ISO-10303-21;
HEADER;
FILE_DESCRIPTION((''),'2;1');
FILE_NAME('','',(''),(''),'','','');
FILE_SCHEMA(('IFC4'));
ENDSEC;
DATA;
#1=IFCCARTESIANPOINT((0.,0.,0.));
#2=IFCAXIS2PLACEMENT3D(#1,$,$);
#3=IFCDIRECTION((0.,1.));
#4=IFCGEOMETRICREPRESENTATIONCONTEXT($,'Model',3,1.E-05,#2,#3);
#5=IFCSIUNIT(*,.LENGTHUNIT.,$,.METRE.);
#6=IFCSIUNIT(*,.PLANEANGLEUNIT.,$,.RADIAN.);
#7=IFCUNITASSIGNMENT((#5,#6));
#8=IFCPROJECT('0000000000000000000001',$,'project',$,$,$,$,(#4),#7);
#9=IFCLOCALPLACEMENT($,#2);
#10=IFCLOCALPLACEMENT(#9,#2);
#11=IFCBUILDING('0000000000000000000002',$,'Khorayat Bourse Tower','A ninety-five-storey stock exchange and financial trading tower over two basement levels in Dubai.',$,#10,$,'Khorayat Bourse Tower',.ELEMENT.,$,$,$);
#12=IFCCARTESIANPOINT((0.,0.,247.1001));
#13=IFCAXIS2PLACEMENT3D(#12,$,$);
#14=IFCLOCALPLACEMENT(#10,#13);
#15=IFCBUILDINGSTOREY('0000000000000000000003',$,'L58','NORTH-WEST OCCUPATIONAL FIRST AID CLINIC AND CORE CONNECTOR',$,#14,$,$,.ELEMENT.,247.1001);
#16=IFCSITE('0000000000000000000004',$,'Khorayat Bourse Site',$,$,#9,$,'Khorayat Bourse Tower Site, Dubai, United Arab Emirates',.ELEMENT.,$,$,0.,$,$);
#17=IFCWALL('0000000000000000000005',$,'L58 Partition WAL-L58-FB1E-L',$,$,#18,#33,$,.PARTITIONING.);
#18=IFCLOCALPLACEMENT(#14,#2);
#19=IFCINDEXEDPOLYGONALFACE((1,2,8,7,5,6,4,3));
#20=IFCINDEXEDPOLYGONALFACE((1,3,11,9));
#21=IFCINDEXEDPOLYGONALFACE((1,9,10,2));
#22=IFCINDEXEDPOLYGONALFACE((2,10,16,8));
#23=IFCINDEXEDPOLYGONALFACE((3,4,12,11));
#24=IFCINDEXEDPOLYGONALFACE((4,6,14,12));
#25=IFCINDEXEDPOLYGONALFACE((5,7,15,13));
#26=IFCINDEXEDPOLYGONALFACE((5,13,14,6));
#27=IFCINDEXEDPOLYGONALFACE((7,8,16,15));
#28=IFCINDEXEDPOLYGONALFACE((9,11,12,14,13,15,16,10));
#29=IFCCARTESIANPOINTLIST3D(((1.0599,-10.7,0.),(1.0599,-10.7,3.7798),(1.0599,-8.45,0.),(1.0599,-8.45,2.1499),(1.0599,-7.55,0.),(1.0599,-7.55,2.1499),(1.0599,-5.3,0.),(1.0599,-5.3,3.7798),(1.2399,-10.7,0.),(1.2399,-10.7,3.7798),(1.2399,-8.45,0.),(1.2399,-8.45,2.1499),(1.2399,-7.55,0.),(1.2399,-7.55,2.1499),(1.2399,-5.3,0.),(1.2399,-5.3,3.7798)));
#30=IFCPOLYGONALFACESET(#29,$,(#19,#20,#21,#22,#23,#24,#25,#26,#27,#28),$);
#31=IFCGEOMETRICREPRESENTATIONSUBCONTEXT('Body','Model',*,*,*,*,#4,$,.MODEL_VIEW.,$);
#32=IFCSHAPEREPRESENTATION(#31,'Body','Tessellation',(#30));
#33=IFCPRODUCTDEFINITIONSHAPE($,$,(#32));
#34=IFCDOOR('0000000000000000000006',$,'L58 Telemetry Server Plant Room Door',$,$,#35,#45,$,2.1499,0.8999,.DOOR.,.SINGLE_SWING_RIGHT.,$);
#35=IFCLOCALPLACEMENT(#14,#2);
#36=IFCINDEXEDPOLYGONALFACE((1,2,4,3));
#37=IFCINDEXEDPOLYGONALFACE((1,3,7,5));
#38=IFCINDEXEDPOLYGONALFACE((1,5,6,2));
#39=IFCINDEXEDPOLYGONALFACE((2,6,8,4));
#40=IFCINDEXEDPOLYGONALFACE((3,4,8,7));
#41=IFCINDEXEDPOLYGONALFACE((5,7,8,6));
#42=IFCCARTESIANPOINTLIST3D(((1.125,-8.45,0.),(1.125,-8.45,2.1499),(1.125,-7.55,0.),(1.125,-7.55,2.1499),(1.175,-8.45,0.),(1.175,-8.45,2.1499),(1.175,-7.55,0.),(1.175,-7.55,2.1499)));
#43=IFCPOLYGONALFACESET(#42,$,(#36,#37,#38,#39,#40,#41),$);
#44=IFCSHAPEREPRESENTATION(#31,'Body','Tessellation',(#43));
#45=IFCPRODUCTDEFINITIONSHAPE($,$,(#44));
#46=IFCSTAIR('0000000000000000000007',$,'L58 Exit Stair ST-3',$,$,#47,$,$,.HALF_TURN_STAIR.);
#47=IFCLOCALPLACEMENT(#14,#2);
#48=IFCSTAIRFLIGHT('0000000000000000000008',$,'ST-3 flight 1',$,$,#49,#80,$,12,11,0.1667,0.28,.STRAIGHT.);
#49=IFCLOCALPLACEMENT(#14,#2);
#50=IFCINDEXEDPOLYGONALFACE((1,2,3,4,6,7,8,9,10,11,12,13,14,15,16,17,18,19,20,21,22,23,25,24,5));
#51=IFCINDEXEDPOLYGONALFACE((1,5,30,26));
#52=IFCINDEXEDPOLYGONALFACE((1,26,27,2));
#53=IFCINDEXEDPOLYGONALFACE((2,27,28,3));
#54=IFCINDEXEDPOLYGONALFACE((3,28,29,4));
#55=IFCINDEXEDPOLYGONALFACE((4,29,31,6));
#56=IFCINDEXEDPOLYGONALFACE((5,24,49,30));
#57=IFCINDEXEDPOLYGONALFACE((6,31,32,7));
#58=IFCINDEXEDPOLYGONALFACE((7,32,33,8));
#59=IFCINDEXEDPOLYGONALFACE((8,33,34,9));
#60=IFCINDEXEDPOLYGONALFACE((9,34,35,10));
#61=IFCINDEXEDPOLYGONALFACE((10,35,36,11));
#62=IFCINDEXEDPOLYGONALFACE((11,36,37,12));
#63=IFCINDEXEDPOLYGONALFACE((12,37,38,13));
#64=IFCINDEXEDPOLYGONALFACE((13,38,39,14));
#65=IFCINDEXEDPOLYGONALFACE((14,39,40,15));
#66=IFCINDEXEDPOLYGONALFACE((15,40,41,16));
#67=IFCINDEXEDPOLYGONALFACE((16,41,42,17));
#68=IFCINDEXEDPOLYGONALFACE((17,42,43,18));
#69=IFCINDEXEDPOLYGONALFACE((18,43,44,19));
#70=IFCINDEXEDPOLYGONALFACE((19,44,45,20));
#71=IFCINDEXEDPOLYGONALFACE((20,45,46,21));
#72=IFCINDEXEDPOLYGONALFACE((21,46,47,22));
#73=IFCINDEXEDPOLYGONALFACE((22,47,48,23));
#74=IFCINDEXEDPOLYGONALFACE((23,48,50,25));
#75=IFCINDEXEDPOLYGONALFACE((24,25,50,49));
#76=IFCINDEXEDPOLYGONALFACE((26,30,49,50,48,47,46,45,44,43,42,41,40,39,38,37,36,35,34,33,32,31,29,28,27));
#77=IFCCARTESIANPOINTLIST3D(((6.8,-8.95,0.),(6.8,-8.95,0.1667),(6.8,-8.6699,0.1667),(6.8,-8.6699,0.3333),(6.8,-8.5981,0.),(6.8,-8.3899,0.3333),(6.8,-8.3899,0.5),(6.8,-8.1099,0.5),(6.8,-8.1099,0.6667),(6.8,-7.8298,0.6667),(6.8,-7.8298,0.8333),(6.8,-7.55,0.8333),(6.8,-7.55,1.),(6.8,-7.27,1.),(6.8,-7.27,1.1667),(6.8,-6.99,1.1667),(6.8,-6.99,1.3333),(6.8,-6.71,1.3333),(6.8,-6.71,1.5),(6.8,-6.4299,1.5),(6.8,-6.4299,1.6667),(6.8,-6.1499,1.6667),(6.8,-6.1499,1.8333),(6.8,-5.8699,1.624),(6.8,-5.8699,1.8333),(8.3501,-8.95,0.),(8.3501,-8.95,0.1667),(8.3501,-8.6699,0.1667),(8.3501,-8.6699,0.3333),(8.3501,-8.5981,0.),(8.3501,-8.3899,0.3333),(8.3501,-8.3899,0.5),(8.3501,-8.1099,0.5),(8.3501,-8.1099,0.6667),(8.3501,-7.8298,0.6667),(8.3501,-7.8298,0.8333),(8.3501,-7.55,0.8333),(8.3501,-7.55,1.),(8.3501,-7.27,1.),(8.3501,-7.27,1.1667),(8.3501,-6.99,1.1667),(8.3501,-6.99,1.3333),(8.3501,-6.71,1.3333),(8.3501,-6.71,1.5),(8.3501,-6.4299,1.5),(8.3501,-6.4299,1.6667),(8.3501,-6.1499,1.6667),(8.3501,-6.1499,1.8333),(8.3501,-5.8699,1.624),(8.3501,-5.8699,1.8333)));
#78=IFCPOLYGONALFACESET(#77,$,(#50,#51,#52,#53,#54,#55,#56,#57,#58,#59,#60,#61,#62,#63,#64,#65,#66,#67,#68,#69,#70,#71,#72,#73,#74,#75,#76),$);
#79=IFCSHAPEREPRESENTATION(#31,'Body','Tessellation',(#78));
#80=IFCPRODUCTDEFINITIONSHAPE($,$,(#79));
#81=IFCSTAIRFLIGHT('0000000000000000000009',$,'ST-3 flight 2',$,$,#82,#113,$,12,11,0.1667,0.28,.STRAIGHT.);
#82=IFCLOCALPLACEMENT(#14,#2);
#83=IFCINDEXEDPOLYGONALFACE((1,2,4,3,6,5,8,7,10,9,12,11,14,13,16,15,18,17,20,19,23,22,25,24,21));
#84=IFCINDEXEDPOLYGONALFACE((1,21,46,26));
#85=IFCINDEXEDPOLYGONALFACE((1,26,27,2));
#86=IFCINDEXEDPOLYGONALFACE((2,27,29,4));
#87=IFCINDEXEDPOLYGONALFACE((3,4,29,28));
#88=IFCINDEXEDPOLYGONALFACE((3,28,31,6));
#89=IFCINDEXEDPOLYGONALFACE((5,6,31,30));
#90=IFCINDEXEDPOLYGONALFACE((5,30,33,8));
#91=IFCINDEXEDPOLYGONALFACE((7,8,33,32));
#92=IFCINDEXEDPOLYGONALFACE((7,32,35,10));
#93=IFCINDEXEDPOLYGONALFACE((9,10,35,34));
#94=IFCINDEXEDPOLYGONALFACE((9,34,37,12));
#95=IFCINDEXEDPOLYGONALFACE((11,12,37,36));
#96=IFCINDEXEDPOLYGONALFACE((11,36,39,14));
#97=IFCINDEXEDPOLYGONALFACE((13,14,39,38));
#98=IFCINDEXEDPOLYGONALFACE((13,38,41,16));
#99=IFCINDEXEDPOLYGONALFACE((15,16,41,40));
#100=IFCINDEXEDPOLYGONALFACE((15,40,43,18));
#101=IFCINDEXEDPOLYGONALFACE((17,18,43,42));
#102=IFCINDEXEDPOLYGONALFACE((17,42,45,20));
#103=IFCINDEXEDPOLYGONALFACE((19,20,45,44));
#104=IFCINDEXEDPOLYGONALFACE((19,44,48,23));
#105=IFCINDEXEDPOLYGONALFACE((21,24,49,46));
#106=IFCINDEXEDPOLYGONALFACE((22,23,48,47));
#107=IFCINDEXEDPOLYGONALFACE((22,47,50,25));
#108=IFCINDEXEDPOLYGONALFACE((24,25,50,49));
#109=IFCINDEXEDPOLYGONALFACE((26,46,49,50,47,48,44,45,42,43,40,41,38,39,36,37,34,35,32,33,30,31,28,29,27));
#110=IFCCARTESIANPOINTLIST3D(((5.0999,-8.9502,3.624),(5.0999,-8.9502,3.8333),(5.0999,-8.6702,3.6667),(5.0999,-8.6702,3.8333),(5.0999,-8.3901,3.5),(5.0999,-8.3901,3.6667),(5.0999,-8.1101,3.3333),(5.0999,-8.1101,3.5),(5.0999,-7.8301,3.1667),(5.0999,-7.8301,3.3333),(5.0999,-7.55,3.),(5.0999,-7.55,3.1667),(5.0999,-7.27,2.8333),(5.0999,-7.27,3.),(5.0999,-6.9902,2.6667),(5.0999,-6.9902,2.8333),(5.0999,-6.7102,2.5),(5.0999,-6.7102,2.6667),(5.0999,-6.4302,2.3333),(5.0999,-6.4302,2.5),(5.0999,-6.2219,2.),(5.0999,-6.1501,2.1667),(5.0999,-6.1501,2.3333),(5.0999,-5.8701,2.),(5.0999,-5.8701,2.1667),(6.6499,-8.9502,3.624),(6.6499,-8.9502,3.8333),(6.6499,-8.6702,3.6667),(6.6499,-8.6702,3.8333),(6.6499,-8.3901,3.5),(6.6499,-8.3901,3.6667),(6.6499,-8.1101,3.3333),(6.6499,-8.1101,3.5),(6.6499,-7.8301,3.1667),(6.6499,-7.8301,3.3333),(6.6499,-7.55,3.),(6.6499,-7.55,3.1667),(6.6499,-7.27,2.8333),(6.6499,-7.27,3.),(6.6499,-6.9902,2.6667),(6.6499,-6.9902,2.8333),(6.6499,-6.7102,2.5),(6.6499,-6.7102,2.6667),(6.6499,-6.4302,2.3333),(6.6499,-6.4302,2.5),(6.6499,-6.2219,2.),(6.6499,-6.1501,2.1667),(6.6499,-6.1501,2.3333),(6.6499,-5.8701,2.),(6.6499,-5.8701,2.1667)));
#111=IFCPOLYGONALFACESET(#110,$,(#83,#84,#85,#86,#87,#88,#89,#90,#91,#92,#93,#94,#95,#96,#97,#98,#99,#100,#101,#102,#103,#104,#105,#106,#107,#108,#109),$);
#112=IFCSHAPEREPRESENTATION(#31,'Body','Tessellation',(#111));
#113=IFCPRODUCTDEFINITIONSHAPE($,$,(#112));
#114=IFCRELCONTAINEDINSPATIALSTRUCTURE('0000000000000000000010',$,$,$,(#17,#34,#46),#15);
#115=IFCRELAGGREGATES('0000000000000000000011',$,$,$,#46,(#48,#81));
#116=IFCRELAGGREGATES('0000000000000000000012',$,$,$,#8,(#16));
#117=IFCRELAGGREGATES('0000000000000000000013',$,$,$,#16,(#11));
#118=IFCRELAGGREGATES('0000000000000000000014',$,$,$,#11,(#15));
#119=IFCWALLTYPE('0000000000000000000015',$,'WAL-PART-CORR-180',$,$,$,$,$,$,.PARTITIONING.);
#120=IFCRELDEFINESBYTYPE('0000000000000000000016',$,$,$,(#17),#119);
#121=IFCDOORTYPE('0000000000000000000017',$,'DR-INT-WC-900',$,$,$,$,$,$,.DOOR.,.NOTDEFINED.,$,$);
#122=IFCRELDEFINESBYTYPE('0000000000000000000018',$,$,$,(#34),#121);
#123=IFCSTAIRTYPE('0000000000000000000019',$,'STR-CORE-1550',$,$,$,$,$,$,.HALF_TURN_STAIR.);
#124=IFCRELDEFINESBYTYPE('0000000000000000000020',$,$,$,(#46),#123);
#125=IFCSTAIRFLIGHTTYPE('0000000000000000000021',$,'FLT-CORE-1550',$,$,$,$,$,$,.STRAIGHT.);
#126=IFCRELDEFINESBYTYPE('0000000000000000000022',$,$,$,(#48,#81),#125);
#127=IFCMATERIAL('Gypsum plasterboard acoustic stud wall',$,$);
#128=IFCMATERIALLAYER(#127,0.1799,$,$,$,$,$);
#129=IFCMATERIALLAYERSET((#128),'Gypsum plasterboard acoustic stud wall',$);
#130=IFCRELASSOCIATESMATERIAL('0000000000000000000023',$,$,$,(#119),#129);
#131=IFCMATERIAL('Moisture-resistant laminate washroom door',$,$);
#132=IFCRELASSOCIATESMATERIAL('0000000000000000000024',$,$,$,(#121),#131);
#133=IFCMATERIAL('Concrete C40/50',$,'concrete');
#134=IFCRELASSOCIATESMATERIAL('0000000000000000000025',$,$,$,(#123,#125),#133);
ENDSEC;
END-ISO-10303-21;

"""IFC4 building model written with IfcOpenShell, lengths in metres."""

from ifc_helpers import new_model, si_unit, direction, frame, frame_2d, origin, place, context, subcontext, project, spatial, polyline, rectangle, outline, extrude, source, transform, mapped, material, layer, layer_set, type_object, element, fill, aggregate, save


model = new_model("IFC4")

# Units and contexts
model_context = context("Model", 3, precision=1e-05, world=origin(), true_north=direction((0.0, 1.0)))
body_context = subcontext(model_context, "Body", "Model", "MODEL_VIEW")
ifc_project = project(units=[si_unit("LENGTHUNIT", "METRE"), si_unit("PLANEANGLEUNIT", "RADIAN")], contexts=[model_context])

# Site, building, storey
site_placement = place(None, origin())
site = spatial("IfcSite", under=ifc_project, at=site_placement, Name="Khorayat Bourse Site", LongName="Khorayat Bourse Tower Site, Dubai, United Arab Emirates", CompositionType="ELEMENT", RefElevation=0.0)
building_placement = place(site_placement, origin())
building = spatial("IfcBuilding", under=site, at=building_placement, Name="Khorayat Bourse Tower", Description="A ninety-five-storey stock exchange and financial trading tower over two basement levels in Dubai.", LongName="Khorayat Bourse Tower", CompositionType="ELEMENT")
storey_placement = place(building_placement, frame((0.0, 0.0, 247.1001)))
storey = spatial("IfcBuildingStorey", under=building, at=storey_placement, Name="L58", Description="NORTH-WEST OCCUPATIONAL FIRST AID CLINIC AND CORE CONNECTOR", CompositionType="ELEMENT", Elevation=247.1001)

# Wall, opening, door
ifc_material_1 = material(Name="Gypsum plasterboard acoustic stud wall")
ifc_layer_1 = layer(ifc_material_1, 0.1799)
ifc_layer_set_1 = layer_set([ifc_layer_1], Name="Gypsum plasterboard acoustic stud wall")
wall_type_1 = type_object("IfcWallType", Name="WAL-PART-CORR-180", PredefinedType="PARTITIONING", material=ifc_layer_set_1)
shared_shape_1 = source(origin(), body_context, "Body", "SweptSolid", [
    extrude(rectangle(XDim=5.3999, YDim=0.1799, at=frame_2d((2.7, 0.0))), origin(), (0.0, 0.0, 1.0), 3.7798),
])
wall_1_placement = place(storey_placement, frame((1.1499, -10.7, 0.0), z_axis=(0.0, 0.0, 1.0), x_axis=(0.0, 1.0, 0.0)))
wall_1 = element("IfcWall", 1, at=wall_1_placement, inside=storey, type_object=wall_type_1, Name="L58 Partition WAL-L58-FB1E-L", PredefinedType="PARTITIONING", context=body_context, shape_type="MappedRepresentation", body=[
    mapped(shared_shape_1, transform((0.0, 0.0, 0.0), scale=1.0)),
])
shared_shape_2 = source(origin(), body_context, "Body", "SweptSolid", [
    extrude(rectangle(XDim=0.8999, YDim=2.1499, at=frame_2d((0.45, 1.075))), frame((0.0, 0.0999, 0.0), z_axis=(0.0, -1.0, 0.0), x_axis=(1.0, 0.0, 0.0)), (0.0, 0.0, 1.0), 0.2),
])
opening_1_placement = place(wall_1_placement, frame((2.25, 0.0, 0.0)))
opening_1 = element("IfcOpeningElement", 2, at=opening_1_placement, cuts=wall_1, PredefinedType="OPENING", context=body_context, shape_type="MappedRepresentation", body=[
    mapped(shared_shape_2, transform((0.0, 0.0, 0.0), scale=1.0)),
])
ifc_material_2 = material(Name="Moisture-resistant laminate washroom door")
door_type = type_object("IfcDoorType", Name="DR-INT-WC-900", OperationType="NOTDEFINED", PredefinedType="DOOR", material=ifc_material_2)
shared_shape_3 = source(origin(), body_context, "Body", "SweptSolid", [
    extrude(rectangle(XDim=0.8999, YDim=2.1499, at=frame_2d((0.45, 1.075))), frame((0.0, 0.0249, 0.0), z_axis=(0.0, -1.0, 0.0), x_axis=(1.0, 0.0, 0.0)), (0.0, 0.0, 1.0), 0.05),
])
door_1_placement = place(opening_1_placement, origin())
door_1 = element("IfcDoor", 3, at=door_1_placement, inside=storey, type_object=door_type, Name="L58 Telemetry Server Plant Room Door", OperationType="SINGLE_SWING_RIGHT", OverallHeight=2.1499, OverallWidth=0.8999, PredefinedType="DOOR", context=body_context, shape_type="MappedRepresentation", body=[
    mapped(shared_shape_3, transform((0.0, 0.0, 0.0), scale=1.0)),
])
fill(opening_1, door_1)

# Stair, stair flights
ifc_material_3 = material(Name="Concrete C40/50", Category="concrete")
stair_type = type_object("IfcStairType", Name="STR-CORE-1550", PredefinedType="HALF_TURN_STAIR", material=ifc_material_3)
stair_placement = place(storey_placement, origin())
stair = element("IfcStair", 4, at=stair_placement, inside=storey, type_object=stair_type, Name="L58 Exit Stair ST-3", PredefinedType="HALF_TURN_STAIR")
stair_flight_type = type_object("IfcStairFlightType", Name="FLT-CORE-1550", PredefinedType="STRAIGHT", material=ifc_material_3)
shared_shape_4 = source(origin(), body_context, "Body", "SweptSolid", [
    extrude(outline(polyline([(0.0, 0.0), (0.0, 0.1667), (0.28, 0.1667), (0.28, 0.3333), (0.5601, 0.3333), (0.5601, 0.5), (0.8401, 0.5), (0.8401, 0.6667), (1.1201, 0.6667), (1.1201, 0.8333), (1.3999, 0.8333), (1.3999, 1.0), (1.6799, 1.0), (1.6799, 1.1667), (1.96, 1.1667), (1.96, 1.3333), (2.24, 1.3333), (2.24, 1.5), (2.52, 1.5), (2.52, 1.6667), (2.8, 1.6667), (2.8, 1.8333), (3.0801, 1.8333), (3.0801, 2.0), (3.0801, 1.624), (0.3518, 0.0), (0.0, 0.0)])), frame((0.0, 0.7749, 0.0), z_axis=(0.0, -1.0, 0.0), x_axis=(1.0, 0.0, 0.0)), (0.0, 0.0, 1.0), 1.55),
])
stair_flight_1_placement = place(storey_placement, frame((7.575, -8.95, 0.0), z_axis=(0.0, 0.0, 1.0), x_axis=(0.0, 1.0, 0.0)))
stair_flight_1 = element("IfcStairFlight", 5, at=stair_flight_1_placement, type_object=stair_flight_type, Name="ST-3 flight 1", NumberOfRisers=12, NumberOfTreads=11, PredefinedType="STRAIGHT", RiserHeight=0.1667, TreadLength=0.28, context=body_context, shape_type="MappedRepresentation", body=[
    mapped(shared_shape_4, transform((0.0, 0.0, 0.0), scale=1.0)),
])
stair_flight_2_placement = place(storey_placement, frame((5.875, -5.8701, 2.0), z_axis=(0.0, 0.0, 1.0), x_axis=(0.0, -1.0, 0.0)))
stair_flight_2 = element("IfcStairFlight", 6, at=stair_flight_2_placement, type_object=stair_flight_type, Name="ST-3 flight 2", NumberOfRisers=12, NumberOfTreads=11, PredefinedType="STRAIGHT", RiserHeight=0.1667, TreadLength=0.28, context=body_context, shape_type="MappedRepresentation", body=[
    mapped(shared_shape_4, transform((0.0, 0.0, 0.0), scale=1.0)),
])
aggregate(stair, [stair_flight_1, stair_flight_2])

save(model, "model.ifc")
